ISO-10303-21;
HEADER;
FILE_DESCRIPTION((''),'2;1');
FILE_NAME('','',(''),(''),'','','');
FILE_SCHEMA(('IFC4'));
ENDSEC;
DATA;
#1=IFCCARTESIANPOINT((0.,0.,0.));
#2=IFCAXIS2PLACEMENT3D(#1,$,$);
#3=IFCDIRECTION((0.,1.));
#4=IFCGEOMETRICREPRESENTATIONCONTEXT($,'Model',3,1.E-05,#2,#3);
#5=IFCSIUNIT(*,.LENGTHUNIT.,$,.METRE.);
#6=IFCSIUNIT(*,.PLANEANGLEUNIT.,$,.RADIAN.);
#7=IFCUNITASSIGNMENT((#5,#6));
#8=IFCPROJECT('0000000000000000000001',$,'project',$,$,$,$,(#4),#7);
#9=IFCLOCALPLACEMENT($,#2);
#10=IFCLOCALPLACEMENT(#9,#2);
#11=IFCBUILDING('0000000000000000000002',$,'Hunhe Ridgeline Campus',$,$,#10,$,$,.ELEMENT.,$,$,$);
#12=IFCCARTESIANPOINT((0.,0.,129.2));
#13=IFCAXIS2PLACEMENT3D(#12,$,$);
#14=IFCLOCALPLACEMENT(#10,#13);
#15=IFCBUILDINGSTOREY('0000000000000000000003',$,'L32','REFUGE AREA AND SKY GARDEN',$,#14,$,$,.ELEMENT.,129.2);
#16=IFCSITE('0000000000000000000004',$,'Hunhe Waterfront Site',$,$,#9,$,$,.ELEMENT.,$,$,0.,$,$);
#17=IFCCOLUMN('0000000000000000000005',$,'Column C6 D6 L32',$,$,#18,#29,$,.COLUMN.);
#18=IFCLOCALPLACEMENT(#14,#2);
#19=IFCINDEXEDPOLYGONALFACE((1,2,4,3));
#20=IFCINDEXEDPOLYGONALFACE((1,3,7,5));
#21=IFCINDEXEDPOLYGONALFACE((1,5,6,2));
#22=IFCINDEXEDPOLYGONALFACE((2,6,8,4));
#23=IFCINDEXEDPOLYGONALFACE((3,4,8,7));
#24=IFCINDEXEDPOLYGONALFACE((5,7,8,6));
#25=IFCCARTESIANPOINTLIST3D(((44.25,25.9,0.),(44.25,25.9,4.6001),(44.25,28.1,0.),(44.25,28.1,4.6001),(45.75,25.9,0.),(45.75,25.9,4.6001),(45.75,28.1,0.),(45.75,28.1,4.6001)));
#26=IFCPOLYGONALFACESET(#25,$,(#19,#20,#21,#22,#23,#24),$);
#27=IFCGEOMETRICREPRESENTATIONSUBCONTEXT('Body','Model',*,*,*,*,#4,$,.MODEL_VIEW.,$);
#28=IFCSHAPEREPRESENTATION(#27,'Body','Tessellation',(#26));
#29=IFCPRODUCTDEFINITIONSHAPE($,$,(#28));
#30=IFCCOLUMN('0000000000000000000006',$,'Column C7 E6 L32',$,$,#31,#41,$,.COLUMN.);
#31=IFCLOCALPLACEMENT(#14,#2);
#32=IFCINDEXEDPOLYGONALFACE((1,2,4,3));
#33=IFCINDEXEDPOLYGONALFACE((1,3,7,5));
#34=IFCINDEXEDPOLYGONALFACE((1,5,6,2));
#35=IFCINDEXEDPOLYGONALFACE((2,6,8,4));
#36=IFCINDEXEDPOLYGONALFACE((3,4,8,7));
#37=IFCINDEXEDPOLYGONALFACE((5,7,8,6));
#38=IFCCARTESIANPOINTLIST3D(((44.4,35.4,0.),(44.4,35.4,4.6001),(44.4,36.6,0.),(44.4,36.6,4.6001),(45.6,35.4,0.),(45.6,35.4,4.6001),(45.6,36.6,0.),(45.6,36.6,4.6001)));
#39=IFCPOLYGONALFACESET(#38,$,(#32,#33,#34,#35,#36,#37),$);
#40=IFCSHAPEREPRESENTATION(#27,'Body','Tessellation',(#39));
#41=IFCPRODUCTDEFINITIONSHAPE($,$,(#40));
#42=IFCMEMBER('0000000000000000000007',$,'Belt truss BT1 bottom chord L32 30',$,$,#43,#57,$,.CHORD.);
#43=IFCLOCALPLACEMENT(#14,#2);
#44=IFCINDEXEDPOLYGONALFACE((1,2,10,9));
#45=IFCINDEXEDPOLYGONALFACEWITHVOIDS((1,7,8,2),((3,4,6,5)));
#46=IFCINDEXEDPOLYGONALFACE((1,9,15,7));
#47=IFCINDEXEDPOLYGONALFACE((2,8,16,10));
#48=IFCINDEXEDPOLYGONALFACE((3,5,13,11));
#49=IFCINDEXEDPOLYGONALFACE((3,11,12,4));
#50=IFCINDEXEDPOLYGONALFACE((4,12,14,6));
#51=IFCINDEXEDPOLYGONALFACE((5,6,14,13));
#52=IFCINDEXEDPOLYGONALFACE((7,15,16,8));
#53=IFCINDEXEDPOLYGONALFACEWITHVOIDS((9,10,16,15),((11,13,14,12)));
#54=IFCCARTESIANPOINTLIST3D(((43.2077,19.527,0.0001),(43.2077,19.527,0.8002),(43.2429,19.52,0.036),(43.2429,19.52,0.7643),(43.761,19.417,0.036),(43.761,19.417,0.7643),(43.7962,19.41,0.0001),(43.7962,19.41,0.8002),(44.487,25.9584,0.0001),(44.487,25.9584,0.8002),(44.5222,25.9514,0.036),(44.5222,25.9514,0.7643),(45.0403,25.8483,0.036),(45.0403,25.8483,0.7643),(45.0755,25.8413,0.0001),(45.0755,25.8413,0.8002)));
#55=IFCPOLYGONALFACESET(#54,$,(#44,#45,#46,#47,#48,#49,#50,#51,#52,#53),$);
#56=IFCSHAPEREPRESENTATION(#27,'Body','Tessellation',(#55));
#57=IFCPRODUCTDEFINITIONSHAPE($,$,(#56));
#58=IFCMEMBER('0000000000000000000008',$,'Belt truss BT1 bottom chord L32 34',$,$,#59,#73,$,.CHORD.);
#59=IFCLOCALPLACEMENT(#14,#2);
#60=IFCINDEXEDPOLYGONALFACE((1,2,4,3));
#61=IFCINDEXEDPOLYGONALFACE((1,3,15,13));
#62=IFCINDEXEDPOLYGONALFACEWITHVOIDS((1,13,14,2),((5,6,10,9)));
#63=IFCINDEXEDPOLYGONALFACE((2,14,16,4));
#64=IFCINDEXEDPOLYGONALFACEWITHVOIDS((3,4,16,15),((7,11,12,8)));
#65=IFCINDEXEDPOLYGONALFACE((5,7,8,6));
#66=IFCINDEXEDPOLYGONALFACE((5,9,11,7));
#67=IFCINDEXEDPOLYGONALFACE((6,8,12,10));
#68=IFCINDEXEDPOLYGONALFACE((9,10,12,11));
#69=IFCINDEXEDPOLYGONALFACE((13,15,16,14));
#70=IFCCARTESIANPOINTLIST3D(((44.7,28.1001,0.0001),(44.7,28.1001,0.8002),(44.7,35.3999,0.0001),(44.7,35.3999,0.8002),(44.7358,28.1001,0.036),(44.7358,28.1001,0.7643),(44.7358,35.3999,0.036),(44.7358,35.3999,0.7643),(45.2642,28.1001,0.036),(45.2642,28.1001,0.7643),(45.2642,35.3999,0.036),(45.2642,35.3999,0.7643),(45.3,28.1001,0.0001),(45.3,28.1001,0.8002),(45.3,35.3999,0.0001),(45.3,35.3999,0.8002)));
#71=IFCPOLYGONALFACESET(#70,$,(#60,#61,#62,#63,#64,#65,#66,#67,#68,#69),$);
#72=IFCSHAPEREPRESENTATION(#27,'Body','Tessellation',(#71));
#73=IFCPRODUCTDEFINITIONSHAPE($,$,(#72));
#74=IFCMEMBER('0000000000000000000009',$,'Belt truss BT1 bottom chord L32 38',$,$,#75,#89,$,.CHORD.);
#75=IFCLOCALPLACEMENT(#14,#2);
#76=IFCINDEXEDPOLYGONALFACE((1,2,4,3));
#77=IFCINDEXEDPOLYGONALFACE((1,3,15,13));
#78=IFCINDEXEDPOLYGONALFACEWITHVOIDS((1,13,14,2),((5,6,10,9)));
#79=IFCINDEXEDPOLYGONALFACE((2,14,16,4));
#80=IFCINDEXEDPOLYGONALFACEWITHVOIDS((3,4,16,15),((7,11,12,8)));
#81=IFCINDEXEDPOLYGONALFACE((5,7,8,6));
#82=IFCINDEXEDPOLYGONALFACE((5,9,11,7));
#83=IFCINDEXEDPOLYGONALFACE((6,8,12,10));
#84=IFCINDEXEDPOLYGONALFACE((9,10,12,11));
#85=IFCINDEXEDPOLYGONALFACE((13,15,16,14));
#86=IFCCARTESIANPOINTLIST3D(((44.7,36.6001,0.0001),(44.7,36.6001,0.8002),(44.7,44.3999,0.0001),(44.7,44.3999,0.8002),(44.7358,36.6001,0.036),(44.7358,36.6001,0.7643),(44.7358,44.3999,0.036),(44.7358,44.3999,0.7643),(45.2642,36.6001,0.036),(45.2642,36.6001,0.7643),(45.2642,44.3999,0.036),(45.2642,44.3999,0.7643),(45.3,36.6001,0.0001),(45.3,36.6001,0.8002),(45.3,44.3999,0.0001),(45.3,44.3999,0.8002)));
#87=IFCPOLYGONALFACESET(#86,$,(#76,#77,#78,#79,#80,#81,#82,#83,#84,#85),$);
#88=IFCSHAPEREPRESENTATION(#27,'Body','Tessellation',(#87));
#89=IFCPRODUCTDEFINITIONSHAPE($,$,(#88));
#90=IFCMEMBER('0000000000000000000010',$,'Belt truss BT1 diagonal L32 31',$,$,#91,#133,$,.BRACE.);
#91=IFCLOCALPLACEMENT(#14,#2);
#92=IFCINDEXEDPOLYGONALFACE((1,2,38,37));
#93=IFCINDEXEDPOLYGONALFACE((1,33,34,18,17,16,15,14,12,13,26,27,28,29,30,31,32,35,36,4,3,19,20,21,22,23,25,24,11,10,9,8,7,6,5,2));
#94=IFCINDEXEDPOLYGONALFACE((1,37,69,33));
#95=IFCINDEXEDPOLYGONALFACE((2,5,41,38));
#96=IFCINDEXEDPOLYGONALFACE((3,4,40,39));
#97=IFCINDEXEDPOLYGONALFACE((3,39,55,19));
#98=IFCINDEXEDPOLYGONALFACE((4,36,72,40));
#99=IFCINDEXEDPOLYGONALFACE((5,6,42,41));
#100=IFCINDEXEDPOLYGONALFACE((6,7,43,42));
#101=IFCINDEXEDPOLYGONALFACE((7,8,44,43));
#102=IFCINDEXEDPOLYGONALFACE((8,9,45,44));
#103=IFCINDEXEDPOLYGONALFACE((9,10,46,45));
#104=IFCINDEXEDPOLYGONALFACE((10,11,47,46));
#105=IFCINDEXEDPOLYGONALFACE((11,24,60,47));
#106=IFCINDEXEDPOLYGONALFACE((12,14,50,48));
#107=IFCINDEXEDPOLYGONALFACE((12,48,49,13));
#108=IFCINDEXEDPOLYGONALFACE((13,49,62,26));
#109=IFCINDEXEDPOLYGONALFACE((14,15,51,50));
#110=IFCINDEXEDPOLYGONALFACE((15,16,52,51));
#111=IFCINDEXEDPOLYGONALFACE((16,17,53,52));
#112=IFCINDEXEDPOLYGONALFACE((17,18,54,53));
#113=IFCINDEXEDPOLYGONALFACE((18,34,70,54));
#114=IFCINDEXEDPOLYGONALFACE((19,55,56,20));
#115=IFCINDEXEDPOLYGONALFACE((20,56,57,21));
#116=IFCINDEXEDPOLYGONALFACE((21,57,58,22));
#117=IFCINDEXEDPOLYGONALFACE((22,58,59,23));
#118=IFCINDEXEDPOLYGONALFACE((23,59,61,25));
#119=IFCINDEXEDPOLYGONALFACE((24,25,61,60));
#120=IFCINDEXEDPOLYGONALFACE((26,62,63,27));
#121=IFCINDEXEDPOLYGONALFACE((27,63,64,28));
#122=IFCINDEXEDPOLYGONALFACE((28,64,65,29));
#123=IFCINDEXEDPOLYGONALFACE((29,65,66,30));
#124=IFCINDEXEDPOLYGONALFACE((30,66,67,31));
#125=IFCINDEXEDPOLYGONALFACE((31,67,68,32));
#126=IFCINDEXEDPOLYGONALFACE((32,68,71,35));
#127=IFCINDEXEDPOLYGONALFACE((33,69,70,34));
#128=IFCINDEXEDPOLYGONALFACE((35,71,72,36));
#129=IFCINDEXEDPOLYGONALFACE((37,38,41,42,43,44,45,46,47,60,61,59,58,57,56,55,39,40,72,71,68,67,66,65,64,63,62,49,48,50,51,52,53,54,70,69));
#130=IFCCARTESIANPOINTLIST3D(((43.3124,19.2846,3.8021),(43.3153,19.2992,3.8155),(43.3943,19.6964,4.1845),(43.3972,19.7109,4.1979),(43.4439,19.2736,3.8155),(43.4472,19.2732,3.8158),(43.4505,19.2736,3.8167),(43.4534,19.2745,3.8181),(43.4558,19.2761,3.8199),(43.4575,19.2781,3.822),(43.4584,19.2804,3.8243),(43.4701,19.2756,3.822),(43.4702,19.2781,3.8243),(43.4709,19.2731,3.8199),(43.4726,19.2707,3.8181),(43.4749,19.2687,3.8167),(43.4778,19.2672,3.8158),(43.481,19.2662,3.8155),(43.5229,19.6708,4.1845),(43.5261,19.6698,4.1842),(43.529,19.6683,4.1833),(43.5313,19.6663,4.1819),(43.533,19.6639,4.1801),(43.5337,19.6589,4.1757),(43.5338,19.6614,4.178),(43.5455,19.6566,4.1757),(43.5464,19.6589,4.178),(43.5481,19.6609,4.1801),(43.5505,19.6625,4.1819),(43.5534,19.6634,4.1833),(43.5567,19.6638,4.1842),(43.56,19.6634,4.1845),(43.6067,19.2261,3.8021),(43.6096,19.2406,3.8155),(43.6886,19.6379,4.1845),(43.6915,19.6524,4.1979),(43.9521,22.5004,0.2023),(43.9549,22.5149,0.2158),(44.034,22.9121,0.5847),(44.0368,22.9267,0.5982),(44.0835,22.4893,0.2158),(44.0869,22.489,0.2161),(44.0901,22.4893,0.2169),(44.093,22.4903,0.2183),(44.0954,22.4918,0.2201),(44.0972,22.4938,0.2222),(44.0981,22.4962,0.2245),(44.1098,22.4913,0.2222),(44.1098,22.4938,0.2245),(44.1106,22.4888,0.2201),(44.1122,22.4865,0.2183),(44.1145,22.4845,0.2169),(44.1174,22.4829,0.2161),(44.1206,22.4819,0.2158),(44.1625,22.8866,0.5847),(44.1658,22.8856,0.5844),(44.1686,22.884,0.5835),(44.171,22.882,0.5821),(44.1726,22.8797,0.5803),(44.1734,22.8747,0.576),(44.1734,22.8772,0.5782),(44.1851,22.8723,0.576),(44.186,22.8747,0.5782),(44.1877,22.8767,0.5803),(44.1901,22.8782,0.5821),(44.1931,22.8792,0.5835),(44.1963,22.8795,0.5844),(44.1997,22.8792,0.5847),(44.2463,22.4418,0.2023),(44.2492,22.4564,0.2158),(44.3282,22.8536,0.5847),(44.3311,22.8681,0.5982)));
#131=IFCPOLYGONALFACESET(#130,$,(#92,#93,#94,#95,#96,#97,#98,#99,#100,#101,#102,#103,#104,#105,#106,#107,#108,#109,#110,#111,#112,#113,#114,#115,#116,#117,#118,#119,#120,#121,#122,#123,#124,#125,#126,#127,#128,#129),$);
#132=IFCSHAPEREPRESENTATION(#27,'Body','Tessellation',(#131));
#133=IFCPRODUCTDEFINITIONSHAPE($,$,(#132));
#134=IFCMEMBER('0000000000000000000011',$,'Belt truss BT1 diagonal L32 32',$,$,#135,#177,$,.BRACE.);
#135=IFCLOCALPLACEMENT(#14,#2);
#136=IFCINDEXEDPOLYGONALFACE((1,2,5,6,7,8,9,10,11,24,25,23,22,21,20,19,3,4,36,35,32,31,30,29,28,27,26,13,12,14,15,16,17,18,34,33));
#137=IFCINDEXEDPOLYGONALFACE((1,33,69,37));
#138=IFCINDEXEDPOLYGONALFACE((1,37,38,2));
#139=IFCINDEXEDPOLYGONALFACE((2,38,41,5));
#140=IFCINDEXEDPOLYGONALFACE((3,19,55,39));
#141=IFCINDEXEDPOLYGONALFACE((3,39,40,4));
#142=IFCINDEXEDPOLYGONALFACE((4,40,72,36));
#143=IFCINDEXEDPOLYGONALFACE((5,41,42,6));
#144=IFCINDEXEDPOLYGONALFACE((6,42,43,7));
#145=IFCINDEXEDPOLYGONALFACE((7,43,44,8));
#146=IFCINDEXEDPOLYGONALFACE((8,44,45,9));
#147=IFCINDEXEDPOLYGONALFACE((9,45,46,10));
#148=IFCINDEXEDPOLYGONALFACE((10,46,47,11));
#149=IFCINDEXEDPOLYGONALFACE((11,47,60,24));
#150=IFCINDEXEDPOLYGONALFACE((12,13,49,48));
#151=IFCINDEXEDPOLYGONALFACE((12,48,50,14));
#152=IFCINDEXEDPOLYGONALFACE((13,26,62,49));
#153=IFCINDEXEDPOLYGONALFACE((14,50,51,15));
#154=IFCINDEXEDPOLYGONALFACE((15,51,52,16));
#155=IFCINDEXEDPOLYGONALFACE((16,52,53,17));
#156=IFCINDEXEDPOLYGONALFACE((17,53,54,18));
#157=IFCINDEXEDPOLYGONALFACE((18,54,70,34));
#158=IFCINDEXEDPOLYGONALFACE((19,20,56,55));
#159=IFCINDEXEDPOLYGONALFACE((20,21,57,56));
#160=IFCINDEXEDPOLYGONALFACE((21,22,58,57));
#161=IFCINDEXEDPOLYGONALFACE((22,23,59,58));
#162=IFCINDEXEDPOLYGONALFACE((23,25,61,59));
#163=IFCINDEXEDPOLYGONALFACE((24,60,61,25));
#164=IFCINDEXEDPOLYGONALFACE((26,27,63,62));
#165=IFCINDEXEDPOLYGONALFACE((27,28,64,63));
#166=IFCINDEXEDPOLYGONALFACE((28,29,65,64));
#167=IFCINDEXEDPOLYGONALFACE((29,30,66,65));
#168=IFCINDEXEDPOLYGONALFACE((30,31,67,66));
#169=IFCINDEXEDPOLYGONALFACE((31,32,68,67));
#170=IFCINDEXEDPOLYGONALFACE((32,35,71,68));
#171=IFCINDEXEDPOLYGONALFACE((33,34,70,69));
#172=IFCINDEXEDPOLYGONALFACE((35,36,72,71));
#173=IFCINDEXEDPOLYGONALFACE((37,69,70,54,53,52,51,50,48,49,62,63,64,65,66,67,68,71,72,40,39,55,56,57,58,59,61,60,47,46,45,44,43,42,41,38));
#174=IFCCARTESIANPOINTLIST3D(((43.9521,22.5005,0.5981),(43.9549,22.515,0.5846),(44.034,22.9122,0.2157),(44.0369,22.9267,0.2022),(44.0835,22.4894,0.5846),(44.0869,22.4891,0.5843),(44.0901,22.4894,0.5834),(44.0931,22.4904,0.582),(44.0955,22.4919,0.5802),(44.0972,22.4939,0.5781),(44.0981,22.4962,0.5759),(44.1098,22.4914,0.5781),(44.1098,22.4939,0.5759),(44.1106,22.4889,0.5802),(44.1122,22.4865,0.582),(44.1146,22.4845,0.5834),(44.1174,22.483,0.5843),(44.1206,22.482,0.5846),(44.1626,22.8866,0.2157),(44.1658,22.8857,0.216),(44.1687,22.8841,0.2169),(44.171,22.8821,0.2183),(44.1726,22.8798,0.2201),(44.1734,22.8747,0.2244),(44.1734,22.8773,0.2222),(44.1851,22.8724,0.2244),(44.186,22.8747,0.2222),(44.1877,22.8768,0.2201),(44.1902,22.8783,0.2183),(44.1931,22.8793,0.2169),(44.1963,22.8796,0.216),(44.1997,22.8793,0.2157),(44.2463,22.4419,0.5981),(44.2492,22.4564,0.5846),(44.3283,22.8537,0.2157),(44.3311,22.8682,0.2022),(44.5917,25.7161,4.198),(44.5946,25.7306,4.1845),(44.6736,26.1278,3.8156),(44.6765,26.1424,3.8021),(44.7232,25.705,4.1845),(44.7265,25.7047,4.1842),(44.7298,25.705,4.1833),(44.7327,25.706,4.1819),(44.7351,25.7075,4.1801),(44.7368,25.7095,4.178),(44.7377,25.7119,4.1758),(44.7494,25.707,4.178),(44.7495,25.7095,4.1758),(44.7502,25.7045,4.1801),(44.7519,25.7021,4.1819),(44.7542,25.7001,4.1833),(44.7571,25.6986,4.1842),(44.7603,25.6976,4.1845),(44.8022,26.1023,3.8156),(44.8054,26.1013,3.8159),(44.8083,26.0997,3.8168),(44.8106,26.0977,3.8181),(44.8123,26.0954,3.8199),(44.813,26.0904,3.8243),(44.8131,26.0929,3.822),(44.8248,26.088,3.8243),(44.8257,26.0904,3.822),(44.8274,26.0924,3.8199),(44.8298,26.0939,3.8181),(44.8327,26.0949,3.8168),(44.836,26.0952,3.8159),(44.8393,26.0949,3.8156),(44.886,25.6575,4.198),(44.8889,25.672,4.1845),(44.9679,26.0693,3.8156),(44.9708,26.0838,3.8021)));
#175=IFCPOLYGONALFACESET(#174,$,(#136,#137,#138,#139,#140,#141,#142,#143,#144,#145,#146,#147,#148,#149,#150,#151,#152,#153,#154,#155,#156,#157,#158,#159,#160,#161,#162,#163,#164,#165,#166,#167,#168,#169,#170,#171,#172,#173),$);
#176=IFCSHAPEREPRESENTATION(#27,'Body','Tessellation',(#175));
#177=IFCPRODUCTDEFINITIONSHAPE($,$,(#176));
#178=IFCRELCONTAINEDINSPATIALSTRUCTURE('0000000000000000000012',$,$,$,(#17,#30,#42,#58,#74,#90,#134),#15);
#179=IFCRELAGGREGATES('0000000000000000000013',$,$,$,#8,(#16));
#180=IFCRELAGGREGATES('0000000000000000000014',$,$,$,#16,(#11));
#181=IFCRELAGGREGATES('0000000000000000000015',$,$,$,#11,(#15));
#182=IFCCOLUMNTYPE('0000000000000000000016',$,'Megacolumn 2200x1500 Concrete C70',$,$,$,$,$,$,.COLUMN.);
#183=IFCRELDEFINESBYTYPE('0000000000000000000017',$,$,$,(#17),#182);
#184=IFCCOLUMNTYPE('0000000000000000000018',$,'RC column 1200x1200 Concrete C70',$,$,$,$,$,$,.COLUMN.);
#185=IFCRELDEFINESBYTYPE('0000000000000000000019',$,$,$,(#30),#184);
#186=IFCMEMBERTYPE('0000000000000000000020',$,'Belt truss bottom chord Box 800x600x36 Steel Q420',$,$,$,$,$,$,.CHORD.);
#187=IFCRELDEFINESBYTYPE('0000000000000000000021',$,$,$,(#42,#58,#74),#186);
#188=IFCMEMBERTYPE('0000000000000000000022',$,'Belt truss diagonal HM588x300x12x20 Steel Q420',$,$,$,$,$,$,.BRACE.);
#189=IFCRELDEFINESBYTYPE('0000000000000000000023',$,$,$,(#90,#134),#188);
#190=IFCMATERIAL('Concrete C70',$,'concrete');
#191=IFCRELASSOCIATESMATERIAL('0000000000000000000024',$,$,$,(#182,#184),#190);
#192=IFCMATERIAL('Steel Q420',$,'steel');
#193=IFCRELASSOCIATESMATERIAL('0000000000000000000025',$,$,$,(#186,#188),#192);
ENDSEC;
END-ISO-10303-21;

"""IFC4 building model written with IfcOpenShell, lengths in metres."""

from ifc_helpers import new_model, si_unit, direction, frame, origin, origin_2d, place, context, subcontext, project, spatial, rectangle, hollow_rectangle, i_section, extrude, material, material_profile, profile_set, type_object, element, save


model = new_model("IFC4")

# Units and contexts
model_context = context("Model", 3, precision=1e-05, world=origin(), true_north=direction((0.0, 1.0)))
body_context = subcontext(model_context, "Body", "Model", "MODEL_VIEW")
ifc_project = project(units=[si_unit("LENGTHUNIT", "METRE"), si_unit("PLANEANGLEUNIT", "RADIAN")], contexts=[model_context])

# Site, building, storey
site_placement = place(None, origin())
site = spatial("IfcSite", under=ifc_project, at=site_placement, Name="Hunhe Waterfront Site", CompositionType="ELEMENT", RefElevation=0.0)
building_placement = place(site_placement, origin())
building = spatial("IfcBuilding", under=site, at=building_placement, Name="Hunhe Ridgeline Campus", CompositionType="ELEMENT")
storey_placement = place(building_placement, frame((0.0, 0.0, 129.2)))
storey = spatial("IfcBuildingStorey", under=building, at=storey_placement, Name="L32", Description="REFUGE AREA AND SKY GARDEN", CompositionType="ELEMENT", Elevation=129.2)

# Columns
ifc_material_1 = material(Name="Concrete C70", Category="concrete")
ifc_material_profile_1 = material_profile(ifc_material_1, rectangle(XDim=2.2, YDim=1.5, at=origin_2d()))
ifc_profile_set_1 = profile_set([ifc_material_profile_1], Name="Concrete C70")
column_type_1 = type_object("IfcColumnType", Name="Megacolumn 2200x1500 Concrete C70", PredefinedType="COLUMN", material=ifc_profile_set_1)
column_1_placement = place(storey_placement, frame((45.0, 27.0, 0.0), z_axis=(0.0, 0.0, 1.0), x_axis=(0.0, 1.0, 0.0)))
element("IfcColumn", 1, at=column_1_placement, inside=storey, type_object=column_type_1, Name="Column C6 D6 L32", PredefinedType="COLUMN", context=body_context, shape_type="SweptSolid", body=[
    extrude(rectangle(XDim=2.2, YDim=1.5, at=origin_2d()), origin(), (0.0, 0.0, 1.0), 4.6001),
])
ifc_material_profile_2 = material_profile(ifc_material_1, rectangle(XDim=1.2, YDim=1.2, at=origin_2d()))
ifc_profile_set_2 = profile_set([ifc_material_profile_2], Name="Concrete C70")
column_type_2 = type_object("IfcColumnType", Name="RC column 1200x1200 Concrete C70", PredefinedType="COLUMN", material=ifc_profile_set_2)
column_2_placement = place(storey_placement, frame((45.0, 36.0, 0.0), z_axis=(0.0, 0.0, 1.0), x_axis=(1.0, 0.0, 0.0)))
element("IfcColumn", 2, at=column_2_placement, inside=storey, type_object=column_type_2, Name="Column C7 E6 L32", PredefinedType="COLUMN", context=body_context, shape_type="SweptSolid", body=[
    extrude(rectangle(XDim=1.2, YDim=1.2, at=origin_2d()), origin(), (0.0, 0.0, 1.0), 4.6001),
])

# Members
ifc_material_2 = material(Name="Steel Q420", Category="steel")
ifc_material_profile_3 = material_profile(ifc_material_2, hollow_rectangle(XDim=0.6001, YDim=0.8, WallThickness=0.0359, at=origin_2d()))
ifc_profile_set_3 = profile_set([ifc_material_profile_3], Name="Steel Q420")
member_type_1 = type_object("IfcMemberType", Name="Belt truss bottom chord Box 800x600x36 Steel Q420", PredefinedType="CHORD", material=ifc_profile_set_3)
member_1_placement = place(storey_placement, frame((43.502, 19.4685, 0.4001), z_axis=(0.195092, 0.980785, 0.0), x_axis=(-0.980785, 0.195092, 0.0)))
element("IfcMember", 3, at=member_1_placement, inside=storey, type_object=member_type_1, Name="Belt truss BT1 bottom chord L32 30", PredefinedType="CHORD", context=body_context, shape_type="SweptSolid", body=[
    extrude(hollow_rectangle(XDim=0.6001, YDim=0.8, WallThickness=0.0359, at=origin_2d()), origin(), (0.0, 0.0, 1.0), 6.5574),
])
member_2_placement = place(storey_placement, frame((45.0, 28.1001, 0.4001), z_axis=(0.0, 1.0, 0.0), x_axis=(-1.0, 0.0, 0.0)))
element("IfcMember", 4, at=member_2_placement, inside=storey, type_object=member_type_1, Name="Belt truss BT1 bottom chord L32 34", PredefinedType="CHORD", context=body_context, shape_type="SweptSolid", body=[
    extrude(hollow_rectangle(XDim=0.6001, YDim=0.8, WallThickness=0.0359, at=origin_2d()), origin(), (0.0, 0.0, 1.0), 7.2998),
])
member_3_placement = place(storey_placement, frame((45.0, 36.6001, 0.4001), z_axis=(0.0, 1.0, 0.0), x_axis=(-1.0, 0.0, 0.0)))
element("IfcMember", 5, at=member_3_placement, inside=storey, type_object=member_type_1, Name="Belt truss BT1 bottom chord L32 38", PredefinedType="CHORD", context=body_context, shape_type="SweptSolid", body=[
    extrude(hollow_rectangle(XDim=0.6001, YDim=0.8, WallThickness=0.0359, at=origin_2d()), origin(), (0.0, 0.0, 1.0), 7.7998),
])
ifc_material_profile_4 = material_profile(ifc_material_2, i_section(OverallWidth=0.3, OverallDepth=0.5879, WebThickness=0.012, FlangeThickness=0.02, FilletRadius=0.0129, at=origin_2d()))
ifc_profile_set_4 = profile_set([ifc_material_profile_4], Name="Steel Q420")
member_type_2 = type_object("IfcMemberType", Name="Belt truss diagonal HM588x300x12x20 Steel Q420", PredefinedType="BRACE", material=ifc_profile_set_4)
for number, where, z_axis, x_axis, name in (
    (6, (43.502, 19.4685, 4.0), (0.131365, 0.660434, -0.739303), (-0.980786, 0.195085, 0.0), "Belt truss BT1 diagonal L32 31"),
    (7, (44.1416, 22.6843, 0.4001), (0.131369, 0.660406, 0.739328), (-0.980783, 0.195099, 0.0), "Belt truss BT1 diagonal L32 32"),
):
    element("IfcMember", number, at=place(storey_placement, frame(where, z_axis=z_axis, x_axis=x_axis)), inside=storey, type_object=member_type_2, Name=name, PredefinedType="BRACE", context=body_context, shape_type="SweptSolid", body=[
        extrude(i_section(OverallWidth=0.3, OverallDepth=0.5879, WebThickness=0.012, FlangeThickness=0.02, FilletRadius=0.0129, at=origin_2d()), origin(), (0.0, 0.0, 1.0), 4.8691),
    ])

save(model, "model.ifc")
